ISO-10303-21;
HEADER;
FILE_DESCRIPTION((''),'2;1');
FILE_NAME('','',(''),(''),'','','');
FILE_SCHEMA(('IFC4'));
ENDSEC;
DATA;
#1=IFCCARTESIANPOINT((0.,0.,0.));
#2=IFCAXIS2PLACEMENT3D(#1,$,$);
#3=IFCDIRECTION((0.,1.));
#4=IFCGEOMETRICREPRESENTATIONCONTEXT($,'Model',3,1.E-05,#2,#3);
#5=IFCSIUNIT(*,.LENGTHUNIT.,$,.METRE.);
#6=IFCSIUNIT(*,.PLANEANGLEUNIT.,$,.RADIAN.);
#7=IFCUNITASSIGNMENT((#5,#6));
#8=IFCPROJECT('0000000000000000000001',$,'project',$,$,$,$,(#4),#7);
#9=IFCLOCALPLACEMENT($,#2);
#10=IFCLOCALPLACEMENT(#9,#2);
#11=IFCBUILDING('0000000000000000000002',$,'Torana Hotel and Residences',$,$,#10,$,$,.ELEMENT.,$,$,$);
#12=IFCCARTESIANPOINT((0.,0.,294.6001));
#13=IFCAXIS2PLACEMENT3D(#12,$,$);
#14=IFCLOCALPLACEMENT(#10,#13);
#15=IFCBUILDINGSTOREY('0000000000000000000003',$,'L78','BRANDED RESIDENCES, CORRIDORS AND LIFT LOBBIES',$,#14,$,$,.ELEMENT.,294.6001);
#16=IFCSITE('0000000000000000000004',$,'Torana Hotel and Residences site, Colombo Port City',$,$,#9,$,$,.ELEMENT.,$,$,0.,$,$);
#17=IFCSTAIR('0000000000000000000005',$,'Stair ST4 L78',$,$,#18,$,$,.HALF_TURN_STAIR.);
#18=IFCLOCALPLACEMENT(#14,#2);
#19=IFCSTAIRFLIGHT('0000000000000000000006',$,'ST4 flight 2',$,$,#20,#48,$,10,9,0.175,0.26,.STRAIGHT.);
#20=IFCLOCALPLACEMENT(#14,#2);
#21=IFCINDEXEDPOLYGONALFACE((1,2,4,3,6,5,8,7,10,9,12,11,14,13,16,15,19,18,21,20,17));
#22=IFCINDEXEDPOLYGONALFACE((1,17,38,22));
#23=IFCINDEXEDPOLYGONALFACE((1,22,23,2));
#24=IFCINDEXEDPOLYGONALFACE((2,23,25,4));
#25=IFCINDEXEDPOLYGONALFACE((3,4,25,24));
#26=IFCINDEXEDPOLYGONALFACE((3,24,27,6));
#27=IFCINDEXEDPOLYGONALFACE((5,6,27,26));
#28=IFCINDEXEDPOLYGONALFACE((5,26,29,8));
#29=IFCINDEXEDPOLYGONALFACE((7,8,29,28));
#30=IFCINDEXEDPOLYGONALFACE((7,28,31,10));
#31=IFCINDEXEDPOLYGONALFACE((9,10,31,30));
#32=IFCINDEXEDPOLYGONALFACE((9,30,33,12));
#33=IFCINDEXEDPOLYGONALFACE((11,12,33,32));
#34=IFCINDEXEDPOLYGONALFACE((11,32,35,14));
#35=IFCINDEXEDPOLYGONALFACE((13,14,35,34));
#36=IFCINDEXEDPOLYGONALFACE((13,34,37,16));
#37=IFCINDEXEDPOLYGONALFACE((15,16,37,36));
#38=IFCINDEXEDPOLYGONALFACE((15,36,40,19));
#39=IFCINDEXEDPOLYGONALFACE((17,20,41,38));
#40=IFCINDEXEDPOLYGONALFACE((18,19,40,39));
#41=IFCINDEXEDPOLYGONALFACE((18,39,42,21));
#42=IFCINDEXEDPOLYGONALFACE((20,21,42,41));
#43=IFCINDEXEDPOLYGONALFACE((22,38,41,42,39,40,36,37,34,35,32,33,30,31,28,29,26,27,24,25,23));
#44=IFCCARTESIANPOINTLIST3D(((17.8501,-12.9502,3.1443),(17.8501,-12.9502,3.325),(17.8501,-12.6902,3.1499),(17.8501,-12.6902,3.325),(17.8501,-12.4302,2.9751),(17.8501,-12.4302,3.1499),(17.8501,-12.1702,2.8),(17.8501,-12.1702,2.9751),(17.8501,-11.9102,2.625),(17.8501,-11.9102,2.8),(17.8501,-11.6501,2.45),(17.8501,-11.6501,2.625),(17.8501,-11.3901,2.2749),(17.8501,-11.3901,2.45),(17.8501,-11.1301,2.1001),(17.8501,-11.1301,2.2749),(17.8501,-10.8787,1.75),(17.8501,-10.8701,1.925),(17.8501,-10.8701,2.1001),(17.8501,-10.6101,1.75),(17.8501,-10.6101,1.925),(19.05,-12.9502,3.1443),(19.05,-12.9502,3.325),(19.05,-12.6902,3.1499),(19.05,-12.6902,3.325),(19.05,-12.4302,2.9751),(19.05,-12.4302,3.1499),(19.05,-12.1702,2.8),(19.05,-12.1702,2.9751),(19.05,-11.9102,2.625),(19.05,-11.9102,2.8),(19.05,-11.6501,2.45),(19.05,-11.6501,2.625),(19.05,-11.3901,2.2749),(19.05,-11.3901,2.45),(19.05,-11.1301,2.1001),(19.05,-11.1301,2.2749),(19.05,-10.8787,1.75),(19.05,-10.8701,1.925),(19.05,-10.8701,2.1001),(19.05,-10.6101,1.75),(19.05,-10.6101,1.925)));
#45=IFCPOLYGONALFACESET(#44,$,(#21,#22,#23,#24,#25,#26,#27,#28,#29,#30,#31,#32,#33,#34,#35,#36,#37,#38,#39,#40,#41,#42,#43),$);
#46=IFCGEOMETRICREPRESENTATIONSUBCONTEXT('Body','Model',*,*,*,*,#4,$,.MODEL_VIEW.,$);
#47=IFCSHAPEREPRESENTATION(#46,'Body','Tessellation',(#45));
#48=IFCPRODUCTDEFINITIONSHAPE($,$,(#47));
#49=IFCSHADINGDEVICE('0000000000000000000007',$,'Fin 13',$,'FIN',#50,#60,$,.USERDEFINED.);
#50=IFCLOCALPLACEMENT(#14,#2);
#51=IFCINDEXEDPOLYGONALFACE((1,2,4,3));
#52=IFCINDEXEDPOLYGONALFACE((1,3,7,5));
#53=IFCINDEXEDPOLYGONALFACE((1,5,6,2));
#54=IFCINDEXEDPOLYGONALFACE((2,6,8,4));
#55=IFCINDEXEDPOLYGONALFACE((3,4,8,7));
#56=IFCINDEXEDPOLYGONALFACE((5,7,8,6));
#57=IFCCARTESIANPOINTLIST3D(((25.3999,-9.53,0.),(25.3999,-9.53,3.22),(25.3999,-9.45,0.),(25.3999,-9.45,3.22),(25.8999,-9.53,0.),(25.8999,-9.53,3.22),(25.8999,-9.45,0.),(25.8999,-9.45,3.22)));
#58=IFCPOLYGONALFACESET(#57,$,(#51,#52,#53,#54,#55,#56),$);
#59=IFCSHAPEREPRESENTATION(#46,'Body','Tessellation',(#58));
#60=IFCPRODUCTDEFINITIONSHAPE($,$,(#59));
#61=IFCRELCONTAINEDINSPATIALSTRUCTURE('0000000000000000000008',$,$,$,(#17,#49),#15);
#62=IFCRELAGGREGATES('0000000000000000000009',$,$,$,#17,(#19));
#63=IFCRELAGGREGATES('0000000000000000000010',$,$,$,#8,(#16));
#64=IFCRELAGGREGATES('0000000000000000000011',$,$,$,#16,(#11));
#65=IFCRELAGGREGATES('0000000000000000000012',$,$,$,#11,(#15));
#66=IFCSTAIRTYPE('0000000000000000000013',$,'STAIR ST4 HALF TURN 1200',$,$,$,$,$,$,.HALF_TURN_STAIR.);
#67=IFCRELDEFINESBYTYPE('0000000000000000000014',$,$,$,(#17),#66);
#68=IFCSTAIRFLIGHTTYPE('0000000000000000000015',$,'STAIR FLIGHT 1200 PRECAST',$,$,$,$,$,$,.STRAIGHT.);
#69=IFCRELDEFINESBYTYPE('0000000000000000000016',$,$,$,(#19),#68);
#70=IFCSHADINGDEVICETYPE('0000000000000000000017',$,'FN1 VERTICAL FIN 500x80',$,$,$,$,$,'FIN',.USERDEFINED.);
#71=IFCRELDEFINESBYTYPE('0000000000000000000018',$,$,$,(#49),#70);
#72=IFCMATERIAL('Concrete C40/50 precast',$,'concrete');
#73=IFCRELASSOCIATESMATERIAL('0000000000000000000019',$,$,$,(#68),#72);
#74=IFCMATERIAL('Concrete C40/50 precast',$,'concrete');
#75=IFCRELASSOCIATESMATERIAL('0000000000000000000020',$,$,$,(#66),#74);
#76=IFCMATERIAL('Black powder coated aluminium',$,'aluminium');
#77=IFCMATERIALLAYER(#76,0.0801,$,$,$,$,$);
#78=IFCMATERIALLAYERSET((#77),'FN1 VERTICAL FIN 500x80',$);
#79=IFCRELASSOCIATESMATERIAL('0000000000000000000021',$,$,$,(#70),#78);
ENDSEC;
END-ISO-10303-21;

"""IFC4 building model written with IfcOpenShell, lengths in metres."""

from ifc_helpers import new_model, si_unit, direction, frame, origin, origin_2d, place, context, subcontext, project, spatial, polyline, rectangle, outline, extrude, material, layer, layer_set, type_object, element, aggregate, save


model = new_model("IFC4")

# Units and contexts
model_context = context("Model", 3, precision=1e-05, world=origin(), true_north=direction((0.0, 1.0)))
body_context = subcontext(model_context, "Body", "Model", "MODEL_VIEW")
ifc_project = project(units=[si_unit("LENGTHUNIT", "METRE"), si_unit("PLANEANGLEUNIT", "RADIAN")], contexts=[model_context])

# Site, building, storey
site_placement = place(None, origin())
site = spatial("IfcSite", under=ifc_project, at=site_placement, Name="Torana Hotel and Residences site, Colombo Port City", CompositionType="ELEMENT", RefElevation=0.0)
building_placement = place(site_placement, origin())
building = spatial("IfcBuilding", under=site, at=building_placement, Name="Torana Hotel and Residences", CompositionType="ELEMENT")
storey_placement = place(building_placement, frame((0.0, 0.0, 294.6001)))
storey = spatial("IfcBuildingStorey", under=building, at=storey_placement, Name="L78", Description="BRANDED RESIDENCES, CORRIDORS AND LIFT LOBBIES", CompositionType="ELEMENT", Elevation=294.6001)

# Shared definitions
ifc_material_1 = material(Name="Concrete C40/50 precast", Category="concrete")
stair_flight_type = type_object("IfcStairFlightType", Name="STAIR FLIGHT 1200 PRECAST", PredefinedType="STRAIGHT", material=ifc_material_1)

# Stair, stair flight
ifc_material_2 = material(Name="Concrete C40/50 precast", Category="concrete")
stair_type_1 = type_object("IfcStairType", Name="STAIR ST4 HALF TURN 1200", PredefinedType="HALF_TURN_STAIR", material=ifc_material_2)
stair_1_placement = place(storey_placement, origin())
stair_1 = element("IfcStair", 1, at=stair_1_placement, inside=storey, type_object=stair_type_1, Name="Stair ST4 L78", PredefinedType="HALF_TURN_STAIR")
stair_flight_1_placement = place(storey_placement, frame((18.45, -10.6101, 1.75), z_axis=(0.0, 0.0, 1.0), x_axis=(0.0, -1.0, 0.0)))
stair_flight_1 = element("IfcStairFlight", 2, at=stair_flight_1_placement, type_object=stair_flight_type, Name="ST4 flight 2", NumberOfRisers=10, NumberOfTreads=9, PredefinedType="STRAIGHT", RiserHeight=0.175, TreadLength=0.26, context=body_context, shape_type="SweptSolid", body=[
    extrude(outline(polyline([(0.0, 0.0), (0.0, 0.175), (0.26, 0.175), (0.26, 0.3501), (0.52, 0.3501), (0.52, 0.5249), (0.78, 0.5249), (0.78, 0.7), (1.04, 0.7), (1.04, 0.875), (1.3, 0.875), (1.3, 1.05), (1.5601, 1.05), (1.5601, 1.2251), (1.8201, 1.2251), (1.8201, 1.3999), (2.0801, 1.3999), (2.0801, 1.575), (2.3401, 1.575), (2.3401, 1.75), (2.3401, 1.3943), (0.2686, 0.0), (0.0, 0.0)])), frame((0.0, 0.6001, 0.0), z_axis=(0.0, -1.0, 0.0), x_axis=(1.0, 0.0, 0.0)), (0.0, 0.0, 1.0), 1.2),
])
aggregate(stair_1, [stair_flight_1])

# Shading device
ifc_material_3 = material(Name="Black powder coated aluminium", Category="aluminium")
ifc_layer_1 = layer(ifc_material_3, 0.0801)
ifc_layer_set_1 = layer_set([ifc_layer_1], Name="FN1 VERTICAL FIN 500x80")
shading_device_type_1 = type_object("IfcShadingDeviceType", Name="FN1 VERTICAL FIN 500x80", ElementType="FIN", PredefinedType="USERDEFINED", material=ifc_layer_set_1)
shading_device_1_placement = place(storey_placement, frame((25.6499, -9.49, 0.0), z_axis=(0.0, 0.0, 1.0), x_axis=(0.0, -1.0, 0.0)))
element("IfcShadingDevice", 3, at=shading_device_1_placement, inside=storey, type_object=shading_device_type_1, Name="Fin 13", ObjectType="FIN", PredefinedType="USERDEFINED", context=body_context, shape_type="SweptSolid", body=[
    extrude(rectangle(XDim=0.0801, YDim=0.5, at=origin_2d()), origin(), (0.0, 0.0, 1.0), 3.22),
])

save(model, "model.ifc")
